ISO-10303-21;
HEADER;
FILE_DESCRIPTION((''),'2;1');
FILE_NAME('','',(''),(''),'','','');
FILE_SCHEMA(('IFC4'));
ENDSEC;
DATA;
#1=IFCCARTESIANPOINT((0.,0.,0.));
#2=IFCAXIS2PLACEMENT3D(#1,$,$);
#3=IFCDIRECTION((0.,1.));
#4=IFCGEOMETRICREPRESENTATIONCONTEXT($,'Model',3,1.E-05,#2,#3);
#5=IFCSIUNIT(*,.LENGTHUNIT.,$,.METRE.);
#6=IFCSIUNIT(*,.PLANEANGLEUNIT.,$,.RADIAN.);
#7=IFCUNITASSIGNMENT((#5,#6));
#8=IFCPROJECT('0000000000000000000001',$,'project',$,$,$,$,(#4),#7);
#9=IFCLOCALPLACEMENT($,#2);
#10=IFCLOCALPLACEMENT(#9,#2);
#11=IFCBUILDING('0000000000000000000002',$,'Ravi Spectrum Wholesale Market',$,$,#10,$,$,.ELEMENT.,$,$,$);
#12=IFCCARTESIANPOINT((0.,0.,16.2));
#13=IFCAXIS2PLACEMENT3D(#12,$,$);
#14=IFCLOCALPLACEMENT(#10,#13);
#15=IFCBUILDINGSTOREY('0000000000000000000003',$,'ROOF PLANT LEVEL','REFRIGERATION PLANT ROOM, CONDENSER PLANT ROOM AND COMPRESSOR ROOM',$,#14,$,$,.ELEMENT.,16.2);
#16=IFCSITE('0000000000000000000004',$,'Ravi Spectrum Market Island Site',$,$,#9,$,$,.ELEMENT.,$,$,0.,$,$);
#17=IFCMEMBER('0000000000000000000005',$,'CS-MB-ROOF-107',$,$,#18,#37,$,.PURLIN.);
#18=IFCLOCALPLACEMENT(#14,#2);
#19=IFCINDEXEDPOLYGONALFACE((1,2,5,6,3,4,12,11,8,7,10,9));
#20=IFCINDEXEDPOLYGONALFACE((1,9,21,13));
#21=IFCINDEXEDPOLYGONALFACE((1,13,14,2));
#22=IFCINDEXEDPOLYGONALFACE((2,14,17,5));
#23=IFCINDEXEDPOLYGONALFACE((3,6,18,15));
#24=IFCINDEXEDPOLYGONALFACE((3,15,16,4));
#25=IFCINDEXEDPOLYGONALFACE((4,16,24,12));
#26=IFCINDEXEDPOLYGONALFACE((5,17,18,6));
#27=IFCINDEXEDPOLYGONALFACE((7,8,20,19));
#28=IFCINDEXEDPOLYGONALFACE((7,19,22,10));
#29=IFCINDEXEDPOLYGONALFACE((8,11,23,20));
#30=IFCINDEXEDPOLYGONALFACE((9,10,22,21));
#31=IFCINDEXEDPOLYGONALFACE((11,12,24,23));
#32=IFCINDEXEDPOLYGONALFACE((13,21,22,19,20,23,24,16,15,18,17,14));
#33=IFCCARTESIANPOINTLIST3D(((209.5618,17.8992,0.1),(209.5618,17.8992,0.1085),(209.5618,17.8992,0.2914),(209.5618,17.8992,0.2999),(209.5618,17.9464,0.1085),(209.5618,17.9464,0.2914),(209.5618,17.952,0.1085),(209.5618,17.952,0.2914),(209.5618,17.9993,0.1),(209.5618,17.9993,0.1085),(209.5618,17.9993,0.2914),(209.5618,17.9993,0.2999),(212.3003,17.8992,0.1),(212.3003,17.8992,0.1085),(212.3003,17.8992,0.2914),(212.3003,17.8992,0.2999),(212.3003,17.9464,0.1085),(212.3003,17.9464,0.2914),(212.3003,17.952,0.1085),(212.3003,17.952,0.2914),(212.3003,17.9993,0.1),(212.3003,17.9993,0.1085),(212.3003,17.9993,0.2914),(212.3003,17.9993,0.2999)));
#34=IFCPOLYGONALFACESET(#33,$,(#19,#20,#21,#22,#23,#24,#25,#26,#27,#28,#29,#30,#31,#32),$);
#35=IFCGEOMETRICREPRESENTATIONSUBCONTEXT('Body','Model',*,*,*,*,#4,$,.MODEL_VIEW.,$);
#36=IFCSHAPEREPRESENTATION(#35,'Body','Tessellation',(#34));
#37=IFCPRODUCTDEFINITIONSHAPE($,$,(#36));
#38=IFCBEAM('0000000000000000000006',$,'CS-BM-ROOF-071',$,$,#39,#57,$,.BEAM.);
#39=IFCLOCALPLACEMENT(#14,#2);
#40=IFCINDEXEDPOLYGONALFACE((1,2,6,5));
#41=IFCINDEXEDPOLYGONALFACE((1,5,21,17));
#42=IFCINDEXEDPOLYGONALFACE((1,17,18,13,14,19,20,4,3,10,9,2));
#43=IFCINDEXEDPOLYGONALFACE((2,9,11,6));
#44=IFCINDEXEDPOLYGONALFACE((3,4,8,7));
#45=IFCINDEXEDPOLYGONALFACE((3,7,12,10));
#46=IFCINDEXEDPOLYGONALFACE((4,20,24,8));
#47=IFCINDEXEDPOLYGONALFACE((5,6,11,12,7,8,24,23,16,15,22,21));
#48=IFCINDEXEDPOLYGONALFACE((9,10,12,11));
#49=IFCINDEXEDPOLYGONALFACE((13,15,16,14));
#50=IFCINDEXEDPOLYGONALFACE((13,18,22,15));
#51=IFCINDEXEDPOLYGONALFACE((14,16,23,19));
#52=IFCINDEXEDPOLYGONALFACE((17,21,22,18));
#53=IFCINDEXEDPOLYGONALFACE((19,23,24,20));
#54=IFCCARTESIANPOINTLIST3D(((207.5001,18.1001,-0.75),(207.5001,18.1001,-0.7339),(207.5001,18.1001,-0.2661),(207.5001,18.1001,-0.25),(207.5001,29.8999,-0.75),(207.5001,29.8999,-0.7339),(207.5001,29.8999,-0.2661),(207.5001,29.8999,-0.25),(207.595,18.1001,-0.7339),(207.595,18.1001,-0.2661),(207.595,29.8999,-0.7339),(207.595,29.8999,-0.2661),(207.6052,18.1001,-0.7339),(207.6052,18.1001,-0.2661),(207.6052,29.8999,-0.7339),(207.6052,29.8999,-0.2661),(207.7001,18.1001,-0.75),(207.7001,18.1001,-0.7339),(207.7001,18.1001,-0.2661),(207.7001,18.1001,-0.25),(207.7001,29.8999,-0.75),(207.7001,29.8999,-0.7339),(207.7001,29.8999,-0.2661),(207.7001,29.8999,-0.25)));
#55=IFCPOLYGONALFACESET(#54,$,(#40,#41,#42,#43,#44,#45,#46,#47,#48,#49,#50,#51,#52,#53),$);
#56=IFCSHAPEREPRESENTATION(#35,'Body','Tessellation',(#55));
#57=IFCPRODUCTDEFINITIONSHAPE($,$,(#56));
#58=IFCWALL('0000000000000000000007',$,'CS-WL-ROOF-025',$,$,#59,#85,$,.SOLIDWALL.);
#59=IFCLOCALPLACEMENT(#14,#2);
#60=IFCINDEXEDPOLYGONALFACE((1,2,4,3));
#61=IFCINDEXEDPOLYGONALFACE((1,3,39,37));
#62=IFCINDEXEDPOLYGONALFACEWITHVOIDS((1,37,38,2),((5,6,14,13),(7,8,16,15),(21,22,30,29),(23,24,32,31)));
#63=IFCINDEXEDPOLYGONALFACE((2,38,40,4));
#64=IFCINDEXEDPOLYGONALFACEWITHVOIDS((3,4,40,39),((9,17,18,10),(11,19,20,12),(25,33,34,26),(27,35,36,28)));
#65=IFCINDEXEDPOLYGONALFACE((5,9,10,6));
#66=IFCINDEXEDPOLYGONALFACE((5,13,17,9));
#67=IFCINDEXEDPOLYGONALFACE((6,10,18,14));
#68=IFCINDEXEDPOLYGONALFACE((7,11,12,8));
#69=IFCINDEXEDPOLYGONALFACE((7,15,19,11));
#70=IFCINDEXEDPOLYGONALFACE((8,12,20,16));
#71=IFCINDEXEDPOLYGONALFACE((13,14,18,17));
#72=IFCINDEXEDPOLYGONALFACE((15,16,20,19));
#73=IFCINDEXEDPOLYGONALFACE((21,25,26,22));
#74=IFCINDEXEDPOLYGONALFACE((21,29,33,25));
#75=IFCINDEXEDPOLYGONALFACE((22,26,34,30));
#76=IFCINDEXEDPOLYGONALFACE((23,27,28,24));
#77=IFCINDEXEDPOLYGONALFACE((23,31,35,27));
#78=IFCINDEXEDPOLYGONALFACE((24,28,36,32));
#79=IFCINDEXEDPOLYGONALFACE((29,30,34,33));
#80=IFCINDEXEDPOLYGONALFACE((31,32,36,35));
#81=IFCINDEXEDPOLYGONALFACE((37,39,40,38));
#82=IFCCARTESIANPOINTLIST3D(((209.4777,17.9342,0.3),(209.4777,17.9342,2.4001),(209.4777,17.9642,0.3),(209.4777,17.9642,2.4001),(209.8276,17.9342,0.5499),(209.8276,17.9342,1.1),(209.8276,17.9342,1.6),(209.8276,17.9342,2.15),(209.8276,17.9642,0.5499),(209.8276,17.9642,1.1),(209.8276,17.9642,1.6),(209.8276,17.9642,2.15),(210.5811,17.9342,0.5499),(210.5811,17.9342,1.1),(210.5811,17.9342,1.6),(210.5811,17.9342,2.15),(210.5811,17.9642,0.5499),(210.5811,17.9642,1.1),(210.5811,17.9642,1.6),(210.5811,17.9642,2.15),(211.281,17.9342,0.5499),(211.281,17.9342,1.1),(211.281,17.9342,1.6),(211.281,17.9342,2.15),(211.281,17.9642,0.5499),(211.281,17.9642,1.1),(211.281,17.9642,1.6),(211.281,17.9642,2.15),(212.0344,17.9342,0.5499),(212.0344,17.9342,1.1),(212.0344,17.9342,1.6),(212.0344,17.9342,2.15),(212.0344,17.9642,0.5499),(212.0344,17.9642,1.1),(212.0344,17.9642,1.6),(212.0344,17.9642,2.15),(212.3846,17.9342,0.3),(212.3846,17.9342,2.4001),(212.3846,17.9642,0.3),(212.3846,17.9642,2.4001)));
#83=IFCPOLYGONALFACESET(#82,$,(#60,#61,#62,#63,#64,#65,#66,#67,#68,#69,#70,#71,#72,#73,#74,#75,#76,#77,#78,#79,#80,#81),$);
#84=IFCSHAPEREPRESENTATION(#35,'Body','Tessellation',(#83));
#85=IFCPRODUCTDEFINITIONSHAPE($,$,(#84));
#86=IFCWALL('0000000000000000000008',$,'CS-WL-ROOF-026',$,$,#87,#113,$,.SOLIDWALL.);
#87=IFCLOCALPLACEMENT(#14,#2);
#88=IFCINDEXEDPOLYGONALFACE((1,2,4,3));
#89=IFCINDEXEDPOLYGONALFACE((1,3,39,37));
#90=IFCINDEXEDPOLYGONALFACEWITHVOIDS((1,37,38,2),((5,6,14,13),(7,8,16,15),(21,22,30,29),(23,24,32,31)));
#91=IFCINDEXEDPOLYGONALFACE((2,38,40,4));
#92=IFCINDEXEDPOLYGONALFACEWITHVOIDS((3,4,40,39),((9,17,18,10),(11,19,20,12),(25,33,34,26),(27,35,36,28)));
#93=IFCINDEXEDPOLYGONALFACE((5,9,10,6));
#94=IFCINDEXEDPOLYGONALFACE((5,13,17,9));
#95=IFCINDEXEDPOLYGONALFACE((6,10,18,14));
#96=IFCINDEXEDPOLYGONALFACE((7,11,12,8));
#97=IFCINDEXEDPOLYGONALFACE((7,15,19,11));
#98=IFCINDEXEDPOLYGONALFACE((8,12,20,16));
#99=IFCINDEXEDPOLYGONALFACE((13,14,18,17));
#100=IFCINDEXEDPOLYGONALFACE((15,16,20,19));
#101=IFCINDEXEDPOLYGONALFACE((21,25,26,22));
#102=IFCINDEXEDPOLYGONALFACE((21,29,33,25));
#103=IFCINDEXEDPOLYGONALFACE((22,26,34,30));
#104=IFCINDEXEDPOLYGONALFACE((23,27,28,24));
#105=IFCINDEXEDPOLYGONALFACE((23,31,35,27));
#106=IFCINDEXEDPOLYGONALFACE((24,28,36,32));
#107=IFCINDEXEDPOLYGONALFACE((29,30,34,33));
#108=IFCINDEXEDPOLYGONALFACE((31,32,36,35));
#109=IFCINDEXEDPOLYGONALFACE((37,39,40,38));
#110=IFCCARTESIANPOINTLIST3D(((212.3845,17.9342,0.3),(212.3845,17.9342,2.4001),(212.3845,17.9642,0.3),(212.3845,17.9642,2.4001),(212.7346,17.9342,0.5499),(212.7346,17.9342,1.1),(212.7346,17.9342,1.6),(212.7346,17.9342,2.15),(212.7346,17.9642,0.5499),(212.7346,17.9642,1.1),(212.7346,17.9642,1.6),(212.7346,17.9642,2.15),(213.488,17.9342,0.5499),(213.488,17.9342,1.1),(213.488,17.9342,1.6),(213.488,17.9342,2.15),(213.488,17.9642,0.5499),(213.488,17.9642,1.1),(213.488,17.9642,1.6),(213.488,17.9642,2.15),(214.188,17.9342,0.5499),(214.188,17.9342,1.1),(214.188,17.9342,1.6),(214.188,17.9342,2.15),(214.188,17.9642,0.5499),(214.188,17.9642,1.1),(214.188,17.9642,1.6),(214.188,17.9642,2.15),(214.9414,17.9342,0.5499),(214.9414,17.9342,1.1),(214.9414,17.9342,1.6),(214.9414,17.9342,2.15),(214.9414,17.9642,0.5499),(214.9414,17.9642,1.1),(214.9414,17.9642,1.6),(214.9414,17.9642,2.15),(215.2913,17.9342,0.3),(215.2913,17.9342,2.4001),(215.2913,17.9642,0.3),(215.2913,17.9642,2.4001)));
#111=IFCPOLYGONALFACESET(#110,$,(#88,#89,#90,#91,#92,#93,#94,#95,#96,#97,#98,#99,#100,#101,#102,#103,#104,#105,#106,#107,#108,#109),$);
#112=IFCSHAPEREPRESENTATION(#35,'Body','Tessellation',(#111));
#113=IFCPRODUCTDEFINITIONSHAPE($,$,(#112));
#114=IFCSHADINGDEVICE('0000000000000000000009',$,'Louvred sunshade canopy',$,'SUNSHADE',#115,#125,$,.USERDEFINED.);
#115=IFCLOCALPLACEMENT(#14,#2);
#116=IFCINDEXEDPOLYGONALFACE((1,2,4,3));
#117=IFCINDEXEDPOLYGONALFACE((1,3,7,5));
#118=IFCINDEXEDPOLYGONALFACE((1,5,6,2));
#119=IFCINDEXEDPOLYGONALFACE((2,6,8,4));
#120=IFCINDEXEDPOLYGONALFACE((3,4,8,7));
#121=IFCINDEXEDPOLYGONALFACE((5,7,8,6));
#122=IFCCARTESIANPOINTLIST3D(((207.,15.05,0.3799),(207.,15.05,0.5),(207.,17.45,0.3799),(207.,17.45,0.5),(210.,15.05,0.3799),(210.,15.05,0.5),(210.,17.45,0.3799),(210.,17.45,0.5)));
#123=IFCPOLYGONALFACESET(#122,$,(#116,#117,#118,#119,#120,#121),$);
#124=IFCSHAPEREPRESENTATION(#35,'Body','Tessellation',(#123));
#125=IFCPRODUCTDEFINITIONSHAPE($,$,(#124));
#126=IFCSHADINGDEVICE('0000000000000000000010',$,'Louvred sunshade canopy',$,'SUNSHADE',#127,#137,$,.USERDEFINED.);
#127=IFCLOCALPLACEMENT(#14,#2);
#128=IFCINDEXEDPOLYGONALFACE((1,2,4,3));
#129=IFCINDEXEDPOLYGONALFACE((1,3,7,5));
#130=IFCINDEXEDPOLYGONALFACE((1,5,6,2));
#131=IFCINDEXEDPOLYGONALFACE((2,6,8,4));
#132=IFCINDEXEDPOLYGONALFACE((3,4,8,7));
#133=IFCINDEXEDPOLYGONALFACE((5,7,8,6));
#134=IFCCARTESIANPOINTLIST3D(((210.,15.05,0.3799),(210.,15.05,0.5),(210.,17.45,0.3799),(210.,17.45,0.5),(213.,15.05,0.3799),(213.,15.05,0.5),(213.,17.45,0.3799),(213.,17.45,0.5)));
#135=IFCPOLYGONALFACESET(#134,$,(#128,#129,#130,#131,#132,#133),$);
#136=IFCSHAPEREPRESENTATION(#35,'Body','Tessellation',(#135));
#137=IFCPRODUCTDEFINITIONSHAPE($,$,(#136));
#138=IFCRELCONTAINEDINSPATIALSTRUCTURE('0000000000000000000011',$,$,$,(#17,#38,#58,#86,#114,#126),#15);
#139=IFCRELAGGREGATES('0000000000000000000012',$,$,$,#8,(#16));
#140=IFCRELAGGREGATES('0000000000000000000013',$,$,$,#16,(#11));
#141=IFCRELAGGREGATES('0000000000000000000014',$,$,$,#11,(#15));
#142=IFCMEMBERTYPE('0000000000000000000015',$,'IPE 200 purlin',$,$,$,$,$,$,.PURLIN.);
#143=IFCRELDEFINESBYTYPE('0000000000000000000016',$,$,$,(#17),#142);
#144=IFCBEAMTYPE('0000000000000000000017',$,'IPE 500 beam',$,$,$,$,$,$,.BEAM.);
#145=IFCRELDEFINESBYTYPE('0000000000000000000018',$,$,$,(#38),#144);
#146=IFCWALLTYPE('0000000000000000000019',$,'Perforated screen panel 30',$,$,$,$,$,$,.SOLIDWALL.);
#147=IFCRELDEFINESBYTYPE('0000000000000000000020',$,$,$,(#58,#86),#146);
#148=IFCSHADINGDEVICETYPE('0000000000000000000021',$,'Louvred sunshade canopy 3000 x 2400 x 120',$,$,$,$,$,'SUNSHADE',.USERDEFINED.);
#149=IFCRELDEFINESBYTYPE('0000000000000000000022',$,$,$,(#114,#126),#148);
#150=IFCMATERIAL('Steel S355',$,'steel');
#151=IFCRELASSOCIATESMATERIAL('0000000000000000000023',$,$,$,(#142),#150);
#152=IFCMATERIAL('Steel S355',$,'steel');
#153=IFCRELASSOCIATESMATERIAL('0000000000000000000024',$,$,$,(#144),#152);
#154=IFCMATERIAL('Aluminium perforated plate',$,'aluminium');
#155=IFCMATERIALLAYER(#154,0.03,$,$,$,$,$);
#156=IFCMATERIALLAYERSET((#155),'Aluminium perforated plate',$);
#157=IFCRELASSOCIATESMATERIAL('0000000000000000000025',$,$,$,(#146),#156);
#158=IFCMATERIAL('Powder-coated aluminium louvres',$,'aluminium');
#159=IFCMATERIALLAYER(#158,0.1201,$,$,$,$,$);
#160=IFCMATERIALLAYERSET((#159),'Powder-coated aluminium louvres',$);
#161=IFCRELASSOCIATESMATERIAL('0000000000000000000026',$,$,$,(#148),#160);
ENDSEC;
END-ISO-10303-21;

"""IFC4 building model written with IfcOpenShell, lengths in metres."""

from ifc_helpers import new_model, si_unit, direction, frame, frame_2d, origin, origin_2d, place, context, subcontext, project, spatial, rectangle, i_section, extrude, material, layer, layer_set, material_profile, profile_set, type_object, element, save


model = new_model("IFC4")

# Units and contexts
model_context = context("Model", 3, precision=1e-05, world=origin(), true_north=direction((0.0, 1.0)))
body_context = subcontext(model_context, "Body", "Model", "MODEL_VIEW")
ifc_project = project(units=[si_unit("LENGTHUNIT", "METRE"), si_unit("PLANEANGLEUNIT", "RADIAN")], contexts=[model_context])

# Site, building, storey
site_placement = place(None, origin())
site = spatial("IfcSite", under=ifc_project, at=site_placement, Name="Ravi Spectrum Market Island Site", CompositionType="ELEMENT", RefElevation=0.0)
building_placement = place(site_placement, origin())
building = spatial("IfcBuilding", under=site, at=building_placement, Name="Ravi Spectrum Wholesale Market", CompositionType="ELEMENT")
storey_placement = place(building_placement, frame((0.0, 0.0, 16.2)))
storey = spatial("IfcBuildingStorey", under=building, at=storey_placement, Name="ROOF PLANT LEVEL", Description="REFRIGERATION PLANT ROOM, CONDENSER PLANT ROOM AND COMPRESSOR ROOM", CompositionType="ELEMENT", Elevation=16.2)

# Member
ifc_material_1 = material(Name="Steel S355", Category="steel")
ifc_material_profile_1 = material_profile(ifc_material_1, i_section(OverallWidth=0.1001, OverallDepth=0.2, WebThickness=0.0056, FlangeThickness=0.0085, at=origin_2d()))
ifc_profile_set_1 = profile_set([ifc_material_profile_1], Name="Steel S355")
member_type_1 = type_object("IfcMemberType", Name="IPE 200 purlin", PredefinedType="PURLIN", material=ifc_profile_set_1)
for number, where, z_axis, x_axis, name in (
    (1, (209.5618, 17.9492, 0.2), (1.0, 0.0, 0.0), (0.0, 1.0, 0.0), "CS-MB-ROOF-107"),
):
    element("IfcMember", number, at=place(storey_placement, frame(where, z_axis=z_axis, x_axis=x_axis)), inside=storey, type_object=member_type_1, Name=name, PredefinedType="PURLIN", context=body_context, shape_type="SweptSolid", body=[
        extrude(i_section(OverallWidth=0.1001, OverallDepth=0.2, WebThickness=0.0056, FlangeThickness=0.0085, at=origin_2d()), origin(), (0.0, 0.0, 1.0), 2.7385),
    ])

# Beam
ifc_material_2 = material(Name="Steel S355", Category="steel")
ifc_material_profile_2 = material_profile(ifc_material_2, i_section(OverallWidth=0.2, OverallDepth=0.5, WebThickness=0.0103, FlangeThickness=0.0161, at=origin_2d()))
ifc_profile_set_2 = profile_set([ifc_material_profile_2], Name="Steel S355")
beam_type = type_object("IfcBeamType", Name="IPE 500 beam", PredefinedType="BEAM", material=ifc_profile_set_2)
beam_placement = place(storey_placement, frame((207.6001, 18.1001, -0.5), z_axis=(0.0, 1.0, 0.0), x_axis=(-1.0, 0.0, 0.0)))
element("IfcBeam", 2, at=beam_placement, inside=storey, type_object=beam_type, Name="CS-BM-ROOF-071", PredefinedType="BEAM", context=body_context, shape_type="SweptSolid", body=[
    extrude(i_section(OverallWidth=0.2, OverallDepth=0.5, WebThickness=0.0103, FlangeThickness=0.0161, at=origin_2d()), origin(), (0.0, 0.0, 1.0), 11.7998),
])

# Walls, openings
ifc_material_3 = material(Name="Aluminium perforated plate", Category="aluminium")
ifc_layer_1 = layer(ifc_material_3, 0.03)
ifc_layer_set_1 = layer_set([ifc_layer_1], Name="Aluminium perforated plate")
wall_type = type_object("IfcWallType", Name="Perforated screen panel 30", PredefinedType="SOLIDWALL", material=ifc_layer_set_1)
wall_1_placement = place(storey_placement, frame((209.4775, 17.9492, 0.3), z_axis=(0.0, 0.0, 1.0), x_axis=(1.0, 0.0, 0.0)))
wall_1 = element("IfcWall", 3, at=wall_1_placement, inside=storey, type_object=wall_type, Name="CS-WL-ROOF-025", PredefinedType="SOLIDWALL", context=body_context, shape_type="SweptSolid", body=[
    extrude(rectangle(XDim=2.907, YDim=0.03, at=frame_2d((1.4536, 0.0))), origin(), (0.0, 0.0, 1.0), 2.1001),
])
opening_1_placement = place(wall_1_placement, frame((0.3501, 0.0, 0.25)))
element("IfcOpeningElement", 4, at=opening_1_placement, cuts=wall_1, PredefinedType="OPENING", context=body_context, shape_type="SweptSolid", body=[
    extrude(rectangle(XDim=0.7534, YDim=0.55, at=frame_2d((0.3767, 0.2749))), frame((0.0, 0.0249, 0.0), z_axis=(0.0, -1.0, 0.0), x_axis=(1.0, 0.0, 0.0)), (0.0, 0.0, 1.0), 0.05),
])
opening_2_placement = place(wall_1_placement, frame((0.3501, 0.0, 1.3)))
element("IfcOpeningElement", 5, at=opening_2_placement, cuts=wall_1, PredefinedType="OPENING", context=body_context, shape_type="SweptSolid", body=[
    extrude(rectangle(XDim=0.7534, YDim=0.55, at=frame_2d((0.3767, 0.2749))), frame((0.0, 0.0249, 0.0), z_axis=(0.0, -1.0, 0.0), x_axis=(1.0, 0.0, 0.0)), (0.0, 0.0, 1.0), 0.05),
])
opening_3_placement = place(wall_1_placement, frame((1.8035, 0.0, 0.25)))
element("IfcOpeningElement", 6, at=opening_3_placement, cuts=wall_1, PredefinedType="OPENING", context=body_context, shape_type="SweptSolid", body=[
    extrude(rectangle(XDim=0.7534, YDim=0.55, at=frame_2d((0.3767, 0.2749))), frame((0.0, 0.0249, 0.0), z_axis=(0.0, -1.0, 0.0), x_axis=(1.0, 0.0, 0.0)), (0.0, 0.0, 1.0), 0.05),
])
opening_4_placement = place(wall_1_placement, frame((1.8035, 0.0, 1.3)))
element("IfcOpeningElement", 7, at=opening_4_placement, cuts=wall_1, PredefinedType="OPENING", context=body_context, shape_type="SweptSolid", body=[
    extrude(rectangle(XDim=0.7534, YDim=0.55, at=frame_2d((0.3767, 0.2749))), frame((0.0, 0.0249, 0.0), z_axis=(0.0, -1.0, 0.0), x_axis=(1.0, 0.0, 0.0)), (0.0, 0.0, 1.0), 0.05),
])
wall_2_placement = place(storey_placement, frame((212.3845, 17.9492, 0.3), z_axis=(0.0, 0.0, 1.0), x_axis=(1.0, 0.0, 0.0)))
wall_2 = element("IfcWall", 8, at=wall_2_placement, inside=storey, type_object=wall_type, Name="CS-WL-ROOF-026", PredefinedType="SOLIDWALL", context=body_context, shape_type="SweptSolid", body=[
    extrude(rectangle(XDim=2.9067, YDim=0.03, at=frame_2d((1.4534, 0.0))), origin(), (0.0, 0.0, 1.0), 2.1001),
])
opening_5_placement = place(wall_2_placement, frame((0.3501, 0.0, 0.25)))
element("IfcOpeningElement", 9, at=opening_5_placement, cuts=wall_2, PredefinedType="OPENING", context=body_context, shape_type="SweptSolid", body=[
    extrude(rectangle(XDim=0.7534, YDim=0.55, at=frame_2d((0.3767, 0.2749))), frame((0.0, 0.0249, 0.0), z_axis=(0.0, -1.0, 0.0), x_axis=(1.0, 0.0, 0.0)), (0.0, 0.0, 1.0), 0.05),
])
opening_6_placement = place(wall_2_placement, frame((0.3501, 0.0, 1.3)))
element("IfcOpeningElement", 10, at=opening_6_placement, cuts=wall_2, PredefinedType="OPENING", context=body_context, shape_type="SweptSolid", body=[
    extrude(rectangle(XDim=0.7534, YDim=0.55, at=frame_2d((0.3767, 0.2749))), frame((0.0, 0.0249, 0.0), z_axis=(0.0, -1.0, 0.0), x_axis=(1.0, 0.0, 0.0)), (0.0, 0.0, 1.0), 0.05),
])
opening_7_placement = place(wall_2_placement, frame((1.8035, 0.0, 0.25)))
element("IfcOpeningElement", 11, at=opening_7_placement, cuts=wall_2, PredefinedType="OPENING", context=body_context, shape_type="SweptSolid", body=[
    extrude(rectangle(XDim=0.7534, YDim=0.55, at=frame_2d((0.3767, 0.2749))), frame((0.0, 0.0249, 0.0), z_axis=(0.0, -1.0, 0.0), x_axis=(1.0, 0.0, 0.0)), (0.0, 0.0, 1.0), 0.05),
])
opening_8_placement = place(wall_2_placement, frame((1.8035, 0.0, 1.3)))
element("IfcOpeningElement", 12, at=opening_8_placement, cuts=wall_2, PredefinedType="OPENING", context=body_context, shape_type="SweptSolid", body=[
    extrude(rectangle(XDim=0.7534, YDim=0.55, at=frame_2d((0.3767, 0.2749))), frame((0.0, 0.0249, 0.0), z_axis=(0.0, -1.0, 0.0), x_axis=(1.0, 0.0, 0.0)), (0.0, 0.0, 1.0), 0.05),
])

# Shading devices
ifc_material_4 = material(Name="Powder-coated aluminium louvres", Category="aluminium")
ifc_layer_2 = layer(ifc_material_4, 0.1201)
ifc_layer_set_2 = layer_set([ifc_layer_2], Name="Powder-coated aluminium louvres")
shading_device_type = type_object("IfcShadingDeviceType", Name="Louvred sunshade canopy 3000 x 2400 x 120", ElementType="SUNSHADE", PredefinedType="USERDEFINED", material=ifc_layer_set_2)
for number, where, z_axis, x_axis, name in (
    (13, (208.5, 16.25, 0.3799), (0.0, 0.0, 1.0), (1.0, 0.0, 0.0), "Louvred sunshade canopy"),
    (14, (211.5, 16.25, 0.3799), (0.0, 0.0, 1.0), (1.0, 0.0, 0.0), "Louvred sunshade canopy"),
):
    element("IfcShadingDevice", number, at=place(storey_placement, frame(where, z_axis=z_axis, x_axis=x_axis)), inside=storey, type_object=shading_device_type, Name=name, ObjectType="SUNSHADE", PredefinedType="USERDEFINED", context=body_context, shape_type="SweptSolid", body=[
        extrude(rectangle(XDim=3.0, YDim=2.3999, at=origin_2d()), origin(), (0.0, 0.0, 1.0), 0.1201),
    ])

save(model, "model.ifc")
